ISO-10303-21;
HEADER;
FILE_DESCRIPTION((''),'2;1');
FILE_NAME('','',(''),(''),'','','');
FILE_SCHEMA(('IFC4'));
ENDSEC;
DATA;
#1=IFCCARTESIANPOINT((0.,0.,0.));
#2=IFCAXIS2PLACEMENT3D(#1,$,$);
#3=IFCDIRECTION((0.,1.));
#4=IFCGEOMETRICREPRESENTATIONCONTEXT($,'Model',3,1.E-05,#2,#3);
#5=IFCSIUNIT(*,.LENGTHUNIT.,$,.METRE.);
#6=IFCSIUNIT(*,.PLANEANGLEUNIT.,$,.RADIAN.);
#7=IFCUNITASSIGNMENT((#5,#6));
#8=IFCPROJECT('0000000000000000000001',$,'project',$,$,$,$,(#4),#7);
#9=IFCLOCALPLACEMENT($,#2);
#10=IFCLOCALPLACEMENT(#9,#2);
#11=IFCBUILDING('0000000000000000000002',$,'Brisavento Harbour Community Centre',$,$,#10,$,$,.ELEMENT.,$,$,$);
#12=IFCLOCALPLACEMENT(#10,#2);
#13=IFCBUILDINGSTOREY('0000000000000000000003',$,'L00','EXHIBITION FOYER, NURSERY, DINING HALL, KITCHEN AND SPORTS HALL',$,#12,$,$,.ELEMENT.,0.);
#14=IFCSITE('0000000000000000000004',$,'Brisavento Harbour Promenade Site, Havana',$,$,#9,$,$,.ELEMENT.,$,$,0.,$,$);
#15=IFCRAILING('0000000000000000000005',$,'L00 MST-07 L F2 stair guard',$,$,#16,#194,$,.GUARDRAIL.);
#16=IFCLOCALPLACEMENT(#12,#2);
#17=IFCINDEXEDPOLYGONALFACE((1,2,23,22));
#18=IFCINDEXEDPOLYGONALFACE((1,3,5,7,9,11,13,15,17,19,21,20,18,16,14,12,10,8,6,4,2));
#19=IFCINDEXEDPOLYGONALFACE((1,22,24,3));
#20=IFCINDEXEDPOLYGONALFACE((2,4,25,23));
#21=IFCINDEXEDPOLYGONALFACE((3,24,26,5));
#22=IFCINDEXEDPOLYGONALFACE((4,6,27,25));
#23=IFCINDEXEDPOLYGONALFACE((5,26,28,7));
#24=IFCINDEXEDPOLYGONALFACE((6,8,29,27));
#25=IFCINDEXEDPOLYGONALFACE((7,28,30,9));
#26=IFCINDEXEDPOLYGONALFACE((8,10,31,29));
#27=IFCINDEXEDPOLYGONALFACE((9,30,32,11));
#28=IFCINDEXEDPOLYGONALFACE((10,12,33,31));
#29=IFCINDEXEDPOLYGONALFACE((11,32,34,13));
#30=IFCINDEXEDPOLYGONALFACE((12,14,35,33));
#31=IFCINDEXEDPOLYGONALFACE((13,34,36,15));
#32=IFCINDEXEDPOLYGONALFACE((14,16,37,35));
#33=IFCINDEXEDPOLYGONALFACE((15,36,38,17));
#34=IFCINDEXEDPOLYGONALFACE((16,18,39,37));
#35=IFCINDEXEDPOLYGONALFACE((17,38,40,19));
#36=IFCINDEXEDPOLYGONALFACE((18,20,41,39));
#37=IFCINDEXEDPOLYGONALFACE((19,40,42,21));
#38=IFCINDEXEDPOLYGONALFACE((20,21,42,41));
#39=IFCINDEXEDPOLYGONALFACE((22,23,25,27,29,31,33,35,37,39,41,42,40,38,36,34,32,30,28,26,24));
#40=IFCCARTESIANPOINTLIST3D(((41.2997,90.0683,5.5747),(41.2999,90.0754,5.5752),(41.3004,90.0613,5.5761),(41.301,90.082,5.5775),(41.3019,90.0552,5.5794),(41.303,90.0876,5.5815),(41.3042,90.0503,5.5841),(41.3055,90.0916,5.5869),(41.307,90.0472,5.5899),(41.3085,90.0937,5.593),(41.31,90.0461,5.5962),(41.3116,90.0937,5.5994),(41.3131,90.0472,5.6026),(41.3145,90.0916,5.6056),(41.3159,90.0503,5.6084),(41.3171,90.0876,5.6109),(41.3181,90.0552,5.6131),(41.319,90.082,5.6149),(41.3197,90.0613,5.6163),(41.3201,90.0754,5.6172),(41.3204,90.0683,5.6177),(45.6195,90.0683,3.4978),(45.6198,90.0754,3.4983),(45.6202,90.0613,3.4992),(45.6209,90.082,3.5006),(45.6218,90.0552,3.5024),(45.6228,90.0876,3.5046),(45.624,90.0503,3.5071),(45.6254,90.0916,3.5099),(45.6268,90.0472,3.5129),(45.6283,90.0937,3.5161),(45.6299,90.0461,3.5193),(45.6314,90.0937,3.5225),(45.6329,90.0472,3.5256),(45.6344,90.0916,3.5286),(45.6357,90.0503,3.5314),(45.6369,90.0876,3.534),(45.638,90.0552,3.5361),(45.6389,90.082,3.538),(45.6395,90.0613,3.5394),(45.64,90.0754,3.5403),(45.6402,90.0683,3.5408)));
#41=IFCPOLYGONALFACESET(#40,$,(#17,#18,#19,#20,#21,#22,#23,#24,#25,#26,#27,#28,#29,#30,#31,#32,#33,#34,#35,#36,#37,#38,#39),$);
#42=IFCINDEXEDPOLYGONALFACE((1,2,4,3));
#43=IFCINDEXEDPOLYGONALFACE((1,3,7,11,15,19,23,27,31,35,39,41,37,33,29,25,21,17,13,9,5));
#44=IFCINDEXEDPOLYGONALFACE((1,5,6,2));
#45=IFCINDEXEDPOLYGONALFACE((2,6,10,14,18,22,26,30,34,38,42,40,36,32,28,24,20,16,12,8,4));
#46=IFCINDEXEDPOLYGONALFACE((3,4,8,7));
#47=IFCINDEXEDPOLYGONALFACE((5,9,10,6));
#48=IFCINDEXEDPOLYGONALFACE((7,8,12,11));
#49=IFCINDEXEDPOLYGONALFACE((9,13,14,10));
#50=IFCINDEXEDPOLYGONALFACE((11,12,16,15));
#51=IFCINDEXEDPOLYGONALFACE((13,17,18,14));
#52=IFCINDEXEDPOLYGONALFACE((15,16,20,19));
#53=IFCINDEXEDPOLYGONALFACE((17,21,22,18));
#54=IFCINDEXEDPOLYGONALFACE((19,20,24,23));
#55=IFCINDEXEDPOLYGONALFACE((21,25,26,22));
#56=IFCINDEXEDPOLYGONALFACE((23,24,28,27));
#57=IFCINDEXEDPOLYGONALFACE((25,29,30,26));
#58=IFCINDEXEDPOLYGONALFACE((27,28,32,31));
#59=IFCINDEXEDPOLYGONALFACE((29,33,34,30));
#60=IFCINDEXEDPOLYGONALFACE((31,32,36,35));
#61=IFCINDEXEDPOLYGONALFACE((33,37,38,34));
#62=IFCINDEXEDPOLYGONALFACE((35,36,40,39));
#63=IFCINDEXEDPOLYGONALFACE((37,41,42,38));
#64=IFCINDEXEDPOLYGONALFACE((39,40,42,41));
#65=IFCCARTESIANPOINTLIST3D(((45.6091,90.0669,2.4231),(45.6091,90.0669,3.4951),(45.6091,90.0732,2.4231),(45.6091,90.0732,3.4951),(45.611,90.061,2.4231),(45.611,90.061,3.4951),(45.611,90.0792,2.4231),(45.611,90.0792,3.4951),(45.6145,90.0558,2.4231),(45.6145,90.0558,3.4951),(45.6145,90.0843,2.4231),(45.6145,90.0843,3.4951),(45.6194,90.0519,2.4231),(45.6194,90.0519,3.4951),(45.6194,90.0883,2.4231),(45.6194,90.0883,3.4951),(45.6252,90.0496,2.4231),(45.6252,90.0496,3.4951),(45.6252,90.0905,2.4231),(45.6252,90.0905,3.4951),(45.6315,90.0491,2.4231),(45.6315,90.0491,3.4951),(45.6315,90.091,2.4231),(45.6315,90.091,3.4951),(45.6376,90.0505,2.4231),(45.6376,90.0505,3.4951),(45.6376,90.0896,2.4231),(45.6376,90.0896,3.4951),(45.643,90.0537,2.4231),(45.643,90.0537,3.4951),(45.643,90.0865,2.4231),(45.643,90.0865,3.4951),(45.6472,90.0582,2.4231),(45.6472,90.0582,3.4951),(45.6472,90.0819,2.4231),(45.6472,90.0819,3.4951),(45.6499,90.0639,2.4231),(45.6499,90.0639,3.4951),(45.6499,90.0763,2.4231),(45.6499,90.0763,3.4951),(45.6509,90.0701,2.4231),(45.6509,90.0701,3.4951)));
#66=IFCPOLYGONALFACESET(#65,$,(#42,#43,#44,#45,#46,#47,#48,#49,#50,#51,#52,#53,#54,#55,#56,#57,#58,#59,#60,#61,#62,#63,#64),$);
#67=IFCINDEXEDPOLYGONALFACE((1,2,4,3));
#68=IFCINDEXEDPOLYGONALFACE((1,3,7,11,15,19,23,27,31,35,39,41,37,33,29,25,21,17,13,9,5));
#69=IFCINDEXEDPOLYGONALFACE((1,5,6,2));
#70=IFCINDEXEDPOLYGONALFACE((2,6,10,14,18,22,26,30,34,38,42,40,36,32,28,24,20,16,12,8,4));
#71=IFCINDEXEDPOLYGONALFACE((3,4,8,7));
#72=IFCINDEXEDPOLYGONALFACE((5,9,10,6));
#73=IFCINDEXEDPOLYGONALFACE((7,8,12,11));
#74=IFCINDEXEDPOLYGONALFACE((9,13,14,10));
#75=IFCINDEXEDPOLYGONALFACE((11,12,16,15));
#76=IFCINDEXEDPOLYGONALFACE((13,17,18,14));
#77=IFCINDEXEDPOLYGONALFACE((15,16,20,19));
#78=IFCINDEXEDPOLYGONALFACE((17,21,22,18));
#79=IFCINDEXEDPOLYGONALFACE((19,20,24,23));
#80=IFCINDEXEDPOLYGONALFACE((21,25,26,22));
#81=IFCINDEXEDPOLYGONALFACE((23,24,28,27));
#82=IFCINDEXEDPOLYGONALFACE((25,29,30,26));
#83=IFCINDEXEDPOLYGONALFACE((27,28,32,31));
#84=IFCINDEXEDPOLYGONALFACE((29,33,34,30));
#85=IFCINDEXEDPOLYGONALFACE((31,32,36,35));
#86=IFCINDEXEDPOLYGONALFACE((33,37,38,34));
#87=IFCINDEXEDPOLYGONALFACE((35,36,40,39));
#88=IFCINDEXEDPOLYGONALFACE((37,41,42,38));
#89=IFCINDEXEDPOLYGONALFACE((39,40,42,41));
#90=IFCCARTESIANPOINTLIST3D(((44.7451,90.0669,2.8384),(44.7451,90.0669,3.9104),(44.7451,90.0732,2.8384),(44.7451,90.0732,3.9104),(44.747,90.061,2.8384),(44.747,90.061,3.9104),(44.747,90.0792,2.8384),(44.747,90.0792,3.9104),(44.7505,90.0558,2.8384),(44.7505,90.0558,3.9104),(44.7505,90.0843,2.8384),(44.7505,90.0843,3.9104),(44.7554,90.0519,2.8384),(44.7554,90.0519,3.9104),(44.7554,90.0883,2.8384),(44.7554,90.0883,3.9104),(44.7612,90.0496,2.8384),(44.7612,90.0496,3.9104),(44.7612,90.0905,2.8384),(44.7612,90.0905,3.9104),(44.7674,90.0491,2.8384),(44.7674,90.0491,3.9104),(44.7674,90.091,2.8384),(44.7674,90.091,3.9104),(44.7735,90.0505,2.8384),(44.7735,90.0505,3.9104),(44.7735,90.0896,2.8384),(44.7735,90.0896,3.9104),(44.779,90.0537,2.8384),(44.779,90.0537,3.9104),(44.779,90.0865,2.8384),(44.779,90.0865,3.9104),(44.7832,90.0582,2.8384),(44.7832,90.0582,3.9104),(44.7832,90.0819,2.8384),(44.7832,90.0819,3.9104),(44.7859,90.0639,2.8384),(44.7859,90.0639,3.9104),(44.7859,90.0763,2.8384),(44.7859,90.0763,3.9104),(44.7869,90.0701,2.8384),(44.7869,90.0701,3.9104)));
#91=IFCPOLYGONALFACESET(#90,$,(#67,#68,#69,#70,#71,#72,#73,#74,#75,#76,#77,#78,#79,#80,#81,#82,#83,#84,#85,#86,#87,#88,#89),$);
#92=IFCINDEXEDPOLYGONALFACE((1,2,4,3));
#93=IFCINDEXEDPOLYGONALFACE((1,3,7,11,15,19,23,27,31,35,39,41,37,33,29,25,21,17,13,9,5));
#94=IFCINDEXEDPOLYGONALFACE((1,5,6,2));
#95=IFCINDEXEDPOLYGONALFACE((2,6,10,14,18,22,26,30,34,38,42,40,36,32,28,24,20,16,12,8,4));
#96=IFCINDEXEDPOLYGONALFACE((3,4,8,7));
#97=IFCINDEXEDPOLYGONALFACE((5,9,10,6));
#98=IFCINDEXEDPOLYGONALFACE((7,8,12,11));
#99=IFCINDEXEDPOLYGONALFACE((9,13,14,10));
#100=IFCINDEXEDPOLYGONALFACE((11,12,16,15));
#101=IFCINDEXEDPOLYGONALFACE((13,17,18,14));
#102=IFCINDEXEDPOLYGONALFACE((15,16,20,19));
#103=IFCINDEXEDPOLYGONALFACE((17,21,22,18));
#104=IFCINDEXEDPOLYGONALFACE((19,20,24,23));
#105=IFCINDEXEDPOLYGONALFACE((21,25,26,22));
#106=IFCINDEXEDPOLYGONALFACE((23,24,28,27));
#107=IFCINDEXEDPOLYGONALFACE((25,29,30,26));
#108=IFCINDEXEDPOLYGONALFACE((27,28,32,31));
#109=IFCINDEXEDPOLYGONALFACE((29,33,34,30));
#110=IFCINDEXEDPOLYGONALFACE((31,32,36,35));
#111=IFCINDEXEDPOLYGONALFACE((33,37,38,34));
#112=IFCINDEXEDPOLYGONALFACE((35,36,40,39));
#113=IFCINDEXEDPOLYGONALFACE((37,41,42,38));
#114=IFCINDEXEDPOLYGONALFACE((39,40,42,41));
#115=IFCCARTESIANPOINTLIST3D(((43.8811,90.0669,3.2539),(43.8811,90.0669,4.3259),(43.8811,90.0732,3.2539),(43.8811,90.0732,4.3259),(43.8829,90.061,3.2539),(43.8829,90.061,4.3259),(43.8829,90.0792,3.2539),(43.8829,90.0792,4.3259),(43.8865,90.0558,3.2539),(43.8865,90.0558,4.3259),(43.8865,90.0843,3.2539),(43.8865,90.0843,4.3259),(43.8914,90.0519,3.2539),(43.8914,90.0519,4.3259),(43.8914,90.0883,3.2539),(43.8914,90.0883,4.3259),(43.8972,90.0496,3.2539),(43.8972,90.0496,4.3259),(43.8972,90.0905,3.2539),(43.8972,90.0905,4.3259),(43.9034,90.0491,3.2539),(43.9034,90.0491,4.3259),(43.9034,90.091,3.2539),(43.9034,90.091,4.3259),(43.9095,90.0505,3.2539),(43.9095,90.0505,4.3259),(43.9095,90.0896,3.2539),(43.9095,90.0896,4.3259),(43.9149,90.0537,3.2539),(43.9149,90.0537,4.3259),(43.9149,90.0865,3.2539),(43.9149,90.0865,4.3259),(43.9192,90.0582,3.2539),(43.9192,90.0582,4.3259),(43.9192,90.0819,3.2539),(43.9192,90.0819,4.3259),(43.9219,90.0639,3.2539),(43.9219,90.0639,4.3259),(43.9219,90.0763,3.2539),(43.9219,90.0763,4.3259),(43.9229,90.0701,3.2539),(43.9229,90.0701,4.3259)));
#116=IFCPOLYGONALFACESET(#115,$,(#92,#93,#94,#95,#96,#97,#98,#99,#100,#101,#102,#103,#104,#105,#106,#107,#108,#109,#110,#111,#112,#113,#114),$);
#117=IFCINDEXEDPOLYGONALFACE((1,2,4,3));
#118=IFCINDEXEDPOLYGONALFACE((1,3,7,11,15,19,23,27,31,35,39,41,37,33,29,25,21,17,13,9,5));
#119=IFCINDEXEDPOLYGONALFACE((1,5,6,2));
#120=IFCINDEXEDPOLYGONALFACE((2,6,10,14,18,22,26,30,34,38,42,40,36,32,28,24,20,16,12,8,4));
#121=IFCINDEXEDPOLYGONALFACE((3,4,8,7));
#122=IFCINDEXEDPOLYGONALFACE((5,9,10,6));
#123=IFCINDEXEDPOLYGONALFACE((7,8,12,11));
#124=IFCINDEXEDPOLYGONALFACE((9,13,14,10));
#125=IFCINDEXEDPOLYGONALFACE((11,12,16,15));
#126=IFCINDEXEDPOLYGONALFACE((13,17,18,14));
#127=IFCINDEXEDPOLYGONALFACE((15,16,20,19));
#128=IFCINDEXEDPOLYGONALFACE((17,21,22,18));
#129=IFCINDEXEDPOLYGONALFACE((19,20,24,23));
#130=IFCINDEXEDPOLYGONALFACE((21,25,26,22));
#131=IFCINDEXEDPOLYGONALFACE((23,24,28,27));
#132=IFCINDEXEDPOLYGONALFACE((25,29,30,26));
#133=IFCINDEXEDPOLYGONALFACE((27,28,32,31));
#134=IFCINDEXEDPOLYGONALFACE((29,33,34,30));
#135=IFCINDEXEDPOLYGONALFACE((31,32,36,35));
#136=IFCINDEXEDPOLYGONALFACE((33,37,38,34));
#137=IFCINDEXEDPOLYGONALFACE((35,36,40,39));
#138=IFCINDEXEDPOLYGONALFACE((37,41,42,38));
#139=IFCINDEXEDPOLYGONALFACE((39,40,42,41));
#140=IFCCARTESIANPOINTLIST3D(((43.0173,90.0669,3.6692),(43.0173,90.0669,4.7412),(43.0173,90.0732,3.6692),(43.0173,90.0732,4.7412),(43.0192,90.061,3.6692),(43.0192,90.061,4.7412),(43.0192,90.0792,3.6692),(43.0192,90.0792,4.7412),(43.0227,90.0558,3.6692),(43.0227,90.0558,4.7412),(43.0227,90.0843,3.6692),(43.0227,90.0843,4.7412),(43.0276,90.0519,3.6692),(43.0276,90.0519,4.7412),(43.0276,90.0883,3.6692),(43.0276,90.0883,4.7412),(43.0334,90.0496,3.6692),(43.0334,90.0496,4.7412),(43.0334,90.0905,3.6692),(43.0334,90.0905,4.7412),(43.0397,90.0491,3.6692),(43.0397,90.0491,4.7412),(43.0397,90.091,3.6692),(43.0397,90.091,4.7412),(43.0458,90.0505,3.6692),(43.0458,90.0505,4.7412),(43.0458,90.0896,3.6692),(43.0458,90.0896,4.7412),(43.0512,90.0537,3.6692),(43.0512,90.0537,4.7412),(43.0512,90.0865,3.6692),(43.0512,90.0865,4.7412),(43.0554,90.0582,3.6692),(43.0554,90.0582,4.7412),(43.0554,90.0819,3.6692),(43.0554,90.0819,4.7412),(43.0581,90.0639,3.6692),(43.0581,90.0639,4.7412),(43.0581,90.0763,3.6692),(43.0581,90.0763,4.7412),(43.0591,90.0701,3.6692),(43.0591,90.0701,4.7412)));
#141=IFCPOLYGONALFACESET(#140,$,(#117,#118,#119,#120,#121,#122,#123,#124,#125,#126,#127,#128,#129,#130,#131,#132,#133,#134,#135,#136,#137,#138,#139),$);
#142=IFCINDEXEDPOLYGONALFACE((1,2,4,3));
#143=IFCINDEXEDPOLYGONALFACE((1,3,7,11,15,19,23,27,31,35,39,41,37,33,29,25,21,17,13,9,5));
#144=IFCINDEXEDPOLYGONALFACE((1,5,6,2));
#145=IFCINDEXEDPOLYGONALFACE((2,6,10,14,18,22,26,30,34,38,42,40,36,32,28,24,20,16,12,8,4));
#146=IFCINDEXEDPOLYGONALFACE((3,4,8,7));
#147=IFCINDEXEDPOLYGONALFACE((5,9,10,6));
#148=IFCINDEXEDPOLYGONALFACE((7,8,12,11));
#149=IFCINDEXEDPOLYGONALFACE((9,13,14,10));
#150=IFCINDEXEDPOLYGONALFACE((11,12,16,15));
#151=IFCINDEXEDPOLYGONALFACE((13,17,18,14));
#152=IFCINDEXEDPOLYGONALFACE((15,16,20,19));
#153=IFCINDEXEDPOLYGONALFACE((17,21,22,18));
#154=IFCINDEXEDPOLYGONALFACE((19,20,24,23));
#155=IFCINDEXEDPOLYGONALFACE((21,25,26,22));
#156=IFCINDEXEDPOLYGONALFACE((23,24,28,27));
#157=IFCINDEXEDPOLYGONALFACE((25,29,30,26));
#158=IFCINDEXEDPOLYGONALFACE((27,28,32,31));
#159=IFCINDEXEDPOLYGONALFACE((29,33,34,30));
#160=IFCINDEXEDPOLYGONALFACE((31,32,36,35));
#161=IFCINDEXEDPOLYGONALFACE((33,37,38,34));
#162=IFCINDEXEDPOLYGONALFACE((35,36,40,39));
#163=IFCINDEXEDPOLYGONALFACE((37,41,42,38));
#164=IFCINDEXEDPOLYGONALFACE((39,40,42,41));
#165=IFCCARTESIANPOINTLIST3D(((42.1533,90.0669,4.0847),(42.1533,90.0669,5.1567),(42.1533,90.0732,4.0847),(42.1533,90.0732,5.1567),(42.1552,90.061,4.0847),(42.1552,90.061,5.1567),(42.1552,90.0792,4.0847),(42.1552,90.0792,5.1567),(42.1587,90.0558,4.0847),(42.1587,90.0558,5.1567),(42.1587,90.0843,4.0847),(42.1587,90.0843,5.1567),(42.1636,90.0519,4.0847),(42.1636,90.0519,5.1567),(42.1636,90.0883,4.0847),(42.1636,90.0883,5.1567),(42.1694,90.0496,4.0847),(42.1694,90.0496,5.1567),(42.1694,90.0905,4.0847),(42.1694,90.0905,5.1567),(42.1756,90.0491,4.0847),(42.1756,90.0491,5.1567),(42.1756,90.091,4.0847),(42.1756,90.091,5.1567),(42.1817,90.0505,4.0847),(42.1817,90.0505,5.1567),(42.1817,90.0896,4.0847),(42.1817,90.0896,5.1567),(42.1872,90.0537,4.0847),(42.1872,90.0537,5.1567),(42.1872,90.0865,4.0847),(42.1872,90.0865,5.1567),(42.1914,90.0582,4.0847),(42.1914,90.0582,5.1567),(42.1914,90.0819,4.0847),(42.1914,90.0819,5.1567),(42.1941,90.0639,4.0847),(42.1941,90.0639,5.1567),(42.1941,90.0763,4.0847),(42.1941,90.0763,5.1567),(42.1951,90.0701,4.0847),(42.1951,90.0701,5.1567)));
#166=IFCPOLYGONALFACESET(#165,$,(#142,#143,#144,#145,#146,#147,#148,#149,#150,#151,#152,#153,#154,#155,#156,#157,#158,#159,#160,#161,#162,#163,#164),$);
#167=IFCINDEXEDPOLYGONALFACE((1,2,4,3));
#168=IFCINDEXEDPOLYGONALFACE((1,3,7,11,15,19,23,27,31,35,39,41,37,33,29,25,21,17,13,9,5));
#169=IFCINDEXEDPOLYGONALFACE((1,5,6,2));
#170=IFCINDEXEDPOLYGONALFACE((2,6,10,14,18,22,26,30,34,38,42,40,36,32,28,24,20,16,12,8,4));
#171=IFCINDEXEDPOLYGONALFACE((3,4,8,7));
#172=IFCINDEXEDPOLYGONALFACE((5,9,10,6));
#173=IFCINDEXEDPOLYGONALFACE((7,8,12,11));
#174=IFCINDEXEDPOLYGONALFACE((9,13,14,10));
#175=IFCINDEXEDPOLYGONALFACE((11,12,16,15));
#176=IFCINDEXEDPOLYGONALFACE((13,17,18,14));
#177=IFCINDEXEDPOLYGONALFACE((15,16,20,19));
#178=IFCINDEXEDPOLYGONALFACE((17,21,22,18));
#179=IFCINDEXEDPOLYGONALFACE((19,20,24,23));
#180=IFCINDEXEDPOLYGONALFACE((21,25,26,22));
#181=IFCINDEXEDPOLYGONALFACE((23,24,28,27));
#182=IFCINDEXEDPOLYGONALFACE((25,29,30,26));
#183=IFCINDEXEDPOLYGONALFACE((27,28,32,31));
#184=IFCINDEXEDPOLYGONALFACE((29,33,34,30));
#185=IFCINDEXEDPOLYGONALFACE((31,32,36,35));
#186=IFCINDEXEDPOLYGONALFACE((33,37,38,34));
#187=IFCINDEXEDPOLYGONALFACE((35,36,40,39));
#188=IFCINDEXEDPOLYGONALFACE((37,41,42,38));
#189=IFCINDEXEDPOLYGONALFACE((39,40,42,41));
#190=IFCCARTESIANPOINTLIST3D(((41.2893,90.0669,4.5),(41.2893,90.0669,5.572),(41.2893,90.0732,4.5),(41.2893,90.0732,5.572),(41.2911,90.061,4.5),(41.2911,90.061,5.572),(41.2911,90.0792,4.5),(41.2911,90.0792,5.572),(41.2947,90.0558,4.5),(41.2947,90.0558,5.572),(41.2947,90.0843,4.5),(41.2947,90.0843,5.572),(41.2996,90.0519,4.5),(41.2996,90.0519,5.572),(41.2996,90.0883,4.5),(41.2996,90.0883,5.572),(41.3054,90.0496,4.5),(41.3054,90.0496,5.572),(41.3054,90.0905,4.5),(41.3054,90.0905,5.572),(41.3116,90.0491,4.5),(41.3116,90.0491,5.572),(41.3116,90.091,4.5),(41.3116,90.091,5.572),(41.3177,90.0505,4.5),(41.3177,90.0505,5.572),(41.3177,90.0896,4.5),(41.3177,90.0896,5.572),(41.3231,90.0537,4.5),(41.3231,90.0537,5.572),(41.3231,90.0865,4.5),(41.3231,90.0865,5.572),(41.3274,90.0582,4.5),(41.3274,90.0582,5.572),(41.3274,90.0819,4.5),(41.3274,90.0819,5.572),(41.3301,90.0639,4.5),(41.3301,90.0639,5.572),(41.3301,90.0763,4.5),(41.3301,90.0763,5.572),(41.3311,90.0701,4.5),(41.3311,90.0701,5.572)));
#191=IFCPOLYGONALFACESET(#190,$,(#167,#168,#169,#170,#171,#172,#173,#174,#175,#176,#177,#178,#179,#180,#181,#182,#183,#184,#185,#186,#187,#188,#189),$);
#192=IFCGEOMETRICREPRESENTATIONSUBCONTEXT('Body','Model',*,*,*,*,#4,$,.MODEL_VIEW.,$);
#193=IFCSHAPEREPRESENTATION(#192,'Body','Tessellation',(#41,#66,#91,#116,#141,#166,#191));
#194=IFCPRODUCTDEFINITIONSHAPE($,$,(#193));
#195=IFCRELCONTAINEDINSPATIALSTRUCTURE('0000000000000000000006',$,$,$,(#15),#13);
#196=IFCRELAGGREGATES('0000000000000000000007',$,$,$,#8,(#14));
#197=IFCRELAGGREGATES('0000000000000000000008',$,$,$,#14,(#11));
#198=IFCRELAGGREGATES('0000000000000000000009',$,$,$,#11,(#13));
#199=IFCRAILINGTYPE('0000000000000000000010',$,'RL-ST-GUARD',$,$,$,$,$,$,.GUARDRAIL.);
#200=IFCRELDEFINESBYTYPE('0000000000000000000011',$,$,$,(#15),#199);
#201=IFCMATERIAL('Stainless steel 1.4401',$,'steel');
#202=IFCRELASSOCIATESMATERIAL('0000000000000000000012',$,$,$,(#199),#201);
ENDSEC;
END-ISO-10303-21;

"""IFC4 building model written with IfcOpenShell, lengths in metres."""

from ifc_helpers import new_model, si_unit, direction, frame, origin, origin_2d, place, context, subcontext, project, spatial, circle, extrude, material, type_object, element, save


model = new_model("IFC4")

# Units and contexts
model_context = context("Model", 3, precision=1e-05, world=origin(), true_north=direction((0.0, 1.0)))
body_context = subcontext(model_context, "Body", "Model", "MODEL_VIEW")
ifc_project = project(units=[si_unit("LENGTHUNIT", "METRE"), si_unit("PLANEANGLEUNIT", "RADIAN")], contexts=[model_context])

# Site, building, storey
site_placement = place(None, origin())
site = spatial("IfcSite", under=ifc_project, at=site_placement, Name="Brisavento Harbour Promenade Site, Havana", CompositionType="ELEMENT", RefElevation=0.0)
building_placement = place(site_placement, origin())
building = spatial("IfcBuilding", under=site, at=building_placement, Name="Brisavento Harbour Community Centre", CompositionType="ELEMENT")
storey_placement = place(building_placement, origin())
storey = spatial("IfcBuildingStorey", under=building, at=storey_placement, Name="L00", Description="EXHIBITION FOYER, NURSERY, DINING HALL, KITCHEN AND SPORTS HALL", CompositionType="ELEMENT", Elevation=0.0)

# Railing
ifc_material_1 = material(Name="Stainless steel 1.4401", Category="steel")
railing_type = type_object("IfcRailingType", Name="RL-ST-GUARD", PredefinedType="GUARDRAIL", material=ifc_material_1)
railing_1_placement = place(storey_placement, frame((45.6299, 90.0701, 2.4231)))
element("IfcRailing", 1, at=railing_1_placement, inside=storey, type_object=railing_type, Name="L00 MST-07 L F2 stair guard", PredefinedType="GUARDRAIL", context=body_context, shape_type="SweptSolid", body=[
    extrude(circle(Radius=0.0239, at=origin_2d()), frame((0.0, 0.0, 1.0962), z_axis=(-0.901247, 0.0, 0.433306), x_axis=(0.0, -1.0, 0.0)), (0.0, 0.0, 1.0), 4.7932),
    extrude(circle(Radius=0.021, at=origin_2d()), origin(), (0.0, 0.0, 1.0), 1.072),
    extrude(circle(Radius=0.021, at=origin_2d()), frame((-0.864, 0.0, 0.4153)), (0.0, 0.0, 1.0), 1.072),
    extrude(circle(Radius=0.021, at=origin_2d()), frame((-1.728, 0.0, 0.8308)), (0.0, 0.0, 1.0), 1.072),
    extrude(circle(Radius=0.021, at=origin_2d()), frame((-2.5918, 0.0, 1.2461)), (0.0, 0.0, 1.0), 1.072),
    extrude(circle(Radius=0.021, at=origin_2d()), frame((-3.4558, 0.0, 1.6616)), (0.0, 0.0, 1.0), 1.072),
    extrude(circle(Radius=0.021, at=origin_2d()), frame((-4.3198, 0.0, 2.0769)), (0.0, 0.0, 1.0), 1.072),
])

save(model, "model.ifc")
